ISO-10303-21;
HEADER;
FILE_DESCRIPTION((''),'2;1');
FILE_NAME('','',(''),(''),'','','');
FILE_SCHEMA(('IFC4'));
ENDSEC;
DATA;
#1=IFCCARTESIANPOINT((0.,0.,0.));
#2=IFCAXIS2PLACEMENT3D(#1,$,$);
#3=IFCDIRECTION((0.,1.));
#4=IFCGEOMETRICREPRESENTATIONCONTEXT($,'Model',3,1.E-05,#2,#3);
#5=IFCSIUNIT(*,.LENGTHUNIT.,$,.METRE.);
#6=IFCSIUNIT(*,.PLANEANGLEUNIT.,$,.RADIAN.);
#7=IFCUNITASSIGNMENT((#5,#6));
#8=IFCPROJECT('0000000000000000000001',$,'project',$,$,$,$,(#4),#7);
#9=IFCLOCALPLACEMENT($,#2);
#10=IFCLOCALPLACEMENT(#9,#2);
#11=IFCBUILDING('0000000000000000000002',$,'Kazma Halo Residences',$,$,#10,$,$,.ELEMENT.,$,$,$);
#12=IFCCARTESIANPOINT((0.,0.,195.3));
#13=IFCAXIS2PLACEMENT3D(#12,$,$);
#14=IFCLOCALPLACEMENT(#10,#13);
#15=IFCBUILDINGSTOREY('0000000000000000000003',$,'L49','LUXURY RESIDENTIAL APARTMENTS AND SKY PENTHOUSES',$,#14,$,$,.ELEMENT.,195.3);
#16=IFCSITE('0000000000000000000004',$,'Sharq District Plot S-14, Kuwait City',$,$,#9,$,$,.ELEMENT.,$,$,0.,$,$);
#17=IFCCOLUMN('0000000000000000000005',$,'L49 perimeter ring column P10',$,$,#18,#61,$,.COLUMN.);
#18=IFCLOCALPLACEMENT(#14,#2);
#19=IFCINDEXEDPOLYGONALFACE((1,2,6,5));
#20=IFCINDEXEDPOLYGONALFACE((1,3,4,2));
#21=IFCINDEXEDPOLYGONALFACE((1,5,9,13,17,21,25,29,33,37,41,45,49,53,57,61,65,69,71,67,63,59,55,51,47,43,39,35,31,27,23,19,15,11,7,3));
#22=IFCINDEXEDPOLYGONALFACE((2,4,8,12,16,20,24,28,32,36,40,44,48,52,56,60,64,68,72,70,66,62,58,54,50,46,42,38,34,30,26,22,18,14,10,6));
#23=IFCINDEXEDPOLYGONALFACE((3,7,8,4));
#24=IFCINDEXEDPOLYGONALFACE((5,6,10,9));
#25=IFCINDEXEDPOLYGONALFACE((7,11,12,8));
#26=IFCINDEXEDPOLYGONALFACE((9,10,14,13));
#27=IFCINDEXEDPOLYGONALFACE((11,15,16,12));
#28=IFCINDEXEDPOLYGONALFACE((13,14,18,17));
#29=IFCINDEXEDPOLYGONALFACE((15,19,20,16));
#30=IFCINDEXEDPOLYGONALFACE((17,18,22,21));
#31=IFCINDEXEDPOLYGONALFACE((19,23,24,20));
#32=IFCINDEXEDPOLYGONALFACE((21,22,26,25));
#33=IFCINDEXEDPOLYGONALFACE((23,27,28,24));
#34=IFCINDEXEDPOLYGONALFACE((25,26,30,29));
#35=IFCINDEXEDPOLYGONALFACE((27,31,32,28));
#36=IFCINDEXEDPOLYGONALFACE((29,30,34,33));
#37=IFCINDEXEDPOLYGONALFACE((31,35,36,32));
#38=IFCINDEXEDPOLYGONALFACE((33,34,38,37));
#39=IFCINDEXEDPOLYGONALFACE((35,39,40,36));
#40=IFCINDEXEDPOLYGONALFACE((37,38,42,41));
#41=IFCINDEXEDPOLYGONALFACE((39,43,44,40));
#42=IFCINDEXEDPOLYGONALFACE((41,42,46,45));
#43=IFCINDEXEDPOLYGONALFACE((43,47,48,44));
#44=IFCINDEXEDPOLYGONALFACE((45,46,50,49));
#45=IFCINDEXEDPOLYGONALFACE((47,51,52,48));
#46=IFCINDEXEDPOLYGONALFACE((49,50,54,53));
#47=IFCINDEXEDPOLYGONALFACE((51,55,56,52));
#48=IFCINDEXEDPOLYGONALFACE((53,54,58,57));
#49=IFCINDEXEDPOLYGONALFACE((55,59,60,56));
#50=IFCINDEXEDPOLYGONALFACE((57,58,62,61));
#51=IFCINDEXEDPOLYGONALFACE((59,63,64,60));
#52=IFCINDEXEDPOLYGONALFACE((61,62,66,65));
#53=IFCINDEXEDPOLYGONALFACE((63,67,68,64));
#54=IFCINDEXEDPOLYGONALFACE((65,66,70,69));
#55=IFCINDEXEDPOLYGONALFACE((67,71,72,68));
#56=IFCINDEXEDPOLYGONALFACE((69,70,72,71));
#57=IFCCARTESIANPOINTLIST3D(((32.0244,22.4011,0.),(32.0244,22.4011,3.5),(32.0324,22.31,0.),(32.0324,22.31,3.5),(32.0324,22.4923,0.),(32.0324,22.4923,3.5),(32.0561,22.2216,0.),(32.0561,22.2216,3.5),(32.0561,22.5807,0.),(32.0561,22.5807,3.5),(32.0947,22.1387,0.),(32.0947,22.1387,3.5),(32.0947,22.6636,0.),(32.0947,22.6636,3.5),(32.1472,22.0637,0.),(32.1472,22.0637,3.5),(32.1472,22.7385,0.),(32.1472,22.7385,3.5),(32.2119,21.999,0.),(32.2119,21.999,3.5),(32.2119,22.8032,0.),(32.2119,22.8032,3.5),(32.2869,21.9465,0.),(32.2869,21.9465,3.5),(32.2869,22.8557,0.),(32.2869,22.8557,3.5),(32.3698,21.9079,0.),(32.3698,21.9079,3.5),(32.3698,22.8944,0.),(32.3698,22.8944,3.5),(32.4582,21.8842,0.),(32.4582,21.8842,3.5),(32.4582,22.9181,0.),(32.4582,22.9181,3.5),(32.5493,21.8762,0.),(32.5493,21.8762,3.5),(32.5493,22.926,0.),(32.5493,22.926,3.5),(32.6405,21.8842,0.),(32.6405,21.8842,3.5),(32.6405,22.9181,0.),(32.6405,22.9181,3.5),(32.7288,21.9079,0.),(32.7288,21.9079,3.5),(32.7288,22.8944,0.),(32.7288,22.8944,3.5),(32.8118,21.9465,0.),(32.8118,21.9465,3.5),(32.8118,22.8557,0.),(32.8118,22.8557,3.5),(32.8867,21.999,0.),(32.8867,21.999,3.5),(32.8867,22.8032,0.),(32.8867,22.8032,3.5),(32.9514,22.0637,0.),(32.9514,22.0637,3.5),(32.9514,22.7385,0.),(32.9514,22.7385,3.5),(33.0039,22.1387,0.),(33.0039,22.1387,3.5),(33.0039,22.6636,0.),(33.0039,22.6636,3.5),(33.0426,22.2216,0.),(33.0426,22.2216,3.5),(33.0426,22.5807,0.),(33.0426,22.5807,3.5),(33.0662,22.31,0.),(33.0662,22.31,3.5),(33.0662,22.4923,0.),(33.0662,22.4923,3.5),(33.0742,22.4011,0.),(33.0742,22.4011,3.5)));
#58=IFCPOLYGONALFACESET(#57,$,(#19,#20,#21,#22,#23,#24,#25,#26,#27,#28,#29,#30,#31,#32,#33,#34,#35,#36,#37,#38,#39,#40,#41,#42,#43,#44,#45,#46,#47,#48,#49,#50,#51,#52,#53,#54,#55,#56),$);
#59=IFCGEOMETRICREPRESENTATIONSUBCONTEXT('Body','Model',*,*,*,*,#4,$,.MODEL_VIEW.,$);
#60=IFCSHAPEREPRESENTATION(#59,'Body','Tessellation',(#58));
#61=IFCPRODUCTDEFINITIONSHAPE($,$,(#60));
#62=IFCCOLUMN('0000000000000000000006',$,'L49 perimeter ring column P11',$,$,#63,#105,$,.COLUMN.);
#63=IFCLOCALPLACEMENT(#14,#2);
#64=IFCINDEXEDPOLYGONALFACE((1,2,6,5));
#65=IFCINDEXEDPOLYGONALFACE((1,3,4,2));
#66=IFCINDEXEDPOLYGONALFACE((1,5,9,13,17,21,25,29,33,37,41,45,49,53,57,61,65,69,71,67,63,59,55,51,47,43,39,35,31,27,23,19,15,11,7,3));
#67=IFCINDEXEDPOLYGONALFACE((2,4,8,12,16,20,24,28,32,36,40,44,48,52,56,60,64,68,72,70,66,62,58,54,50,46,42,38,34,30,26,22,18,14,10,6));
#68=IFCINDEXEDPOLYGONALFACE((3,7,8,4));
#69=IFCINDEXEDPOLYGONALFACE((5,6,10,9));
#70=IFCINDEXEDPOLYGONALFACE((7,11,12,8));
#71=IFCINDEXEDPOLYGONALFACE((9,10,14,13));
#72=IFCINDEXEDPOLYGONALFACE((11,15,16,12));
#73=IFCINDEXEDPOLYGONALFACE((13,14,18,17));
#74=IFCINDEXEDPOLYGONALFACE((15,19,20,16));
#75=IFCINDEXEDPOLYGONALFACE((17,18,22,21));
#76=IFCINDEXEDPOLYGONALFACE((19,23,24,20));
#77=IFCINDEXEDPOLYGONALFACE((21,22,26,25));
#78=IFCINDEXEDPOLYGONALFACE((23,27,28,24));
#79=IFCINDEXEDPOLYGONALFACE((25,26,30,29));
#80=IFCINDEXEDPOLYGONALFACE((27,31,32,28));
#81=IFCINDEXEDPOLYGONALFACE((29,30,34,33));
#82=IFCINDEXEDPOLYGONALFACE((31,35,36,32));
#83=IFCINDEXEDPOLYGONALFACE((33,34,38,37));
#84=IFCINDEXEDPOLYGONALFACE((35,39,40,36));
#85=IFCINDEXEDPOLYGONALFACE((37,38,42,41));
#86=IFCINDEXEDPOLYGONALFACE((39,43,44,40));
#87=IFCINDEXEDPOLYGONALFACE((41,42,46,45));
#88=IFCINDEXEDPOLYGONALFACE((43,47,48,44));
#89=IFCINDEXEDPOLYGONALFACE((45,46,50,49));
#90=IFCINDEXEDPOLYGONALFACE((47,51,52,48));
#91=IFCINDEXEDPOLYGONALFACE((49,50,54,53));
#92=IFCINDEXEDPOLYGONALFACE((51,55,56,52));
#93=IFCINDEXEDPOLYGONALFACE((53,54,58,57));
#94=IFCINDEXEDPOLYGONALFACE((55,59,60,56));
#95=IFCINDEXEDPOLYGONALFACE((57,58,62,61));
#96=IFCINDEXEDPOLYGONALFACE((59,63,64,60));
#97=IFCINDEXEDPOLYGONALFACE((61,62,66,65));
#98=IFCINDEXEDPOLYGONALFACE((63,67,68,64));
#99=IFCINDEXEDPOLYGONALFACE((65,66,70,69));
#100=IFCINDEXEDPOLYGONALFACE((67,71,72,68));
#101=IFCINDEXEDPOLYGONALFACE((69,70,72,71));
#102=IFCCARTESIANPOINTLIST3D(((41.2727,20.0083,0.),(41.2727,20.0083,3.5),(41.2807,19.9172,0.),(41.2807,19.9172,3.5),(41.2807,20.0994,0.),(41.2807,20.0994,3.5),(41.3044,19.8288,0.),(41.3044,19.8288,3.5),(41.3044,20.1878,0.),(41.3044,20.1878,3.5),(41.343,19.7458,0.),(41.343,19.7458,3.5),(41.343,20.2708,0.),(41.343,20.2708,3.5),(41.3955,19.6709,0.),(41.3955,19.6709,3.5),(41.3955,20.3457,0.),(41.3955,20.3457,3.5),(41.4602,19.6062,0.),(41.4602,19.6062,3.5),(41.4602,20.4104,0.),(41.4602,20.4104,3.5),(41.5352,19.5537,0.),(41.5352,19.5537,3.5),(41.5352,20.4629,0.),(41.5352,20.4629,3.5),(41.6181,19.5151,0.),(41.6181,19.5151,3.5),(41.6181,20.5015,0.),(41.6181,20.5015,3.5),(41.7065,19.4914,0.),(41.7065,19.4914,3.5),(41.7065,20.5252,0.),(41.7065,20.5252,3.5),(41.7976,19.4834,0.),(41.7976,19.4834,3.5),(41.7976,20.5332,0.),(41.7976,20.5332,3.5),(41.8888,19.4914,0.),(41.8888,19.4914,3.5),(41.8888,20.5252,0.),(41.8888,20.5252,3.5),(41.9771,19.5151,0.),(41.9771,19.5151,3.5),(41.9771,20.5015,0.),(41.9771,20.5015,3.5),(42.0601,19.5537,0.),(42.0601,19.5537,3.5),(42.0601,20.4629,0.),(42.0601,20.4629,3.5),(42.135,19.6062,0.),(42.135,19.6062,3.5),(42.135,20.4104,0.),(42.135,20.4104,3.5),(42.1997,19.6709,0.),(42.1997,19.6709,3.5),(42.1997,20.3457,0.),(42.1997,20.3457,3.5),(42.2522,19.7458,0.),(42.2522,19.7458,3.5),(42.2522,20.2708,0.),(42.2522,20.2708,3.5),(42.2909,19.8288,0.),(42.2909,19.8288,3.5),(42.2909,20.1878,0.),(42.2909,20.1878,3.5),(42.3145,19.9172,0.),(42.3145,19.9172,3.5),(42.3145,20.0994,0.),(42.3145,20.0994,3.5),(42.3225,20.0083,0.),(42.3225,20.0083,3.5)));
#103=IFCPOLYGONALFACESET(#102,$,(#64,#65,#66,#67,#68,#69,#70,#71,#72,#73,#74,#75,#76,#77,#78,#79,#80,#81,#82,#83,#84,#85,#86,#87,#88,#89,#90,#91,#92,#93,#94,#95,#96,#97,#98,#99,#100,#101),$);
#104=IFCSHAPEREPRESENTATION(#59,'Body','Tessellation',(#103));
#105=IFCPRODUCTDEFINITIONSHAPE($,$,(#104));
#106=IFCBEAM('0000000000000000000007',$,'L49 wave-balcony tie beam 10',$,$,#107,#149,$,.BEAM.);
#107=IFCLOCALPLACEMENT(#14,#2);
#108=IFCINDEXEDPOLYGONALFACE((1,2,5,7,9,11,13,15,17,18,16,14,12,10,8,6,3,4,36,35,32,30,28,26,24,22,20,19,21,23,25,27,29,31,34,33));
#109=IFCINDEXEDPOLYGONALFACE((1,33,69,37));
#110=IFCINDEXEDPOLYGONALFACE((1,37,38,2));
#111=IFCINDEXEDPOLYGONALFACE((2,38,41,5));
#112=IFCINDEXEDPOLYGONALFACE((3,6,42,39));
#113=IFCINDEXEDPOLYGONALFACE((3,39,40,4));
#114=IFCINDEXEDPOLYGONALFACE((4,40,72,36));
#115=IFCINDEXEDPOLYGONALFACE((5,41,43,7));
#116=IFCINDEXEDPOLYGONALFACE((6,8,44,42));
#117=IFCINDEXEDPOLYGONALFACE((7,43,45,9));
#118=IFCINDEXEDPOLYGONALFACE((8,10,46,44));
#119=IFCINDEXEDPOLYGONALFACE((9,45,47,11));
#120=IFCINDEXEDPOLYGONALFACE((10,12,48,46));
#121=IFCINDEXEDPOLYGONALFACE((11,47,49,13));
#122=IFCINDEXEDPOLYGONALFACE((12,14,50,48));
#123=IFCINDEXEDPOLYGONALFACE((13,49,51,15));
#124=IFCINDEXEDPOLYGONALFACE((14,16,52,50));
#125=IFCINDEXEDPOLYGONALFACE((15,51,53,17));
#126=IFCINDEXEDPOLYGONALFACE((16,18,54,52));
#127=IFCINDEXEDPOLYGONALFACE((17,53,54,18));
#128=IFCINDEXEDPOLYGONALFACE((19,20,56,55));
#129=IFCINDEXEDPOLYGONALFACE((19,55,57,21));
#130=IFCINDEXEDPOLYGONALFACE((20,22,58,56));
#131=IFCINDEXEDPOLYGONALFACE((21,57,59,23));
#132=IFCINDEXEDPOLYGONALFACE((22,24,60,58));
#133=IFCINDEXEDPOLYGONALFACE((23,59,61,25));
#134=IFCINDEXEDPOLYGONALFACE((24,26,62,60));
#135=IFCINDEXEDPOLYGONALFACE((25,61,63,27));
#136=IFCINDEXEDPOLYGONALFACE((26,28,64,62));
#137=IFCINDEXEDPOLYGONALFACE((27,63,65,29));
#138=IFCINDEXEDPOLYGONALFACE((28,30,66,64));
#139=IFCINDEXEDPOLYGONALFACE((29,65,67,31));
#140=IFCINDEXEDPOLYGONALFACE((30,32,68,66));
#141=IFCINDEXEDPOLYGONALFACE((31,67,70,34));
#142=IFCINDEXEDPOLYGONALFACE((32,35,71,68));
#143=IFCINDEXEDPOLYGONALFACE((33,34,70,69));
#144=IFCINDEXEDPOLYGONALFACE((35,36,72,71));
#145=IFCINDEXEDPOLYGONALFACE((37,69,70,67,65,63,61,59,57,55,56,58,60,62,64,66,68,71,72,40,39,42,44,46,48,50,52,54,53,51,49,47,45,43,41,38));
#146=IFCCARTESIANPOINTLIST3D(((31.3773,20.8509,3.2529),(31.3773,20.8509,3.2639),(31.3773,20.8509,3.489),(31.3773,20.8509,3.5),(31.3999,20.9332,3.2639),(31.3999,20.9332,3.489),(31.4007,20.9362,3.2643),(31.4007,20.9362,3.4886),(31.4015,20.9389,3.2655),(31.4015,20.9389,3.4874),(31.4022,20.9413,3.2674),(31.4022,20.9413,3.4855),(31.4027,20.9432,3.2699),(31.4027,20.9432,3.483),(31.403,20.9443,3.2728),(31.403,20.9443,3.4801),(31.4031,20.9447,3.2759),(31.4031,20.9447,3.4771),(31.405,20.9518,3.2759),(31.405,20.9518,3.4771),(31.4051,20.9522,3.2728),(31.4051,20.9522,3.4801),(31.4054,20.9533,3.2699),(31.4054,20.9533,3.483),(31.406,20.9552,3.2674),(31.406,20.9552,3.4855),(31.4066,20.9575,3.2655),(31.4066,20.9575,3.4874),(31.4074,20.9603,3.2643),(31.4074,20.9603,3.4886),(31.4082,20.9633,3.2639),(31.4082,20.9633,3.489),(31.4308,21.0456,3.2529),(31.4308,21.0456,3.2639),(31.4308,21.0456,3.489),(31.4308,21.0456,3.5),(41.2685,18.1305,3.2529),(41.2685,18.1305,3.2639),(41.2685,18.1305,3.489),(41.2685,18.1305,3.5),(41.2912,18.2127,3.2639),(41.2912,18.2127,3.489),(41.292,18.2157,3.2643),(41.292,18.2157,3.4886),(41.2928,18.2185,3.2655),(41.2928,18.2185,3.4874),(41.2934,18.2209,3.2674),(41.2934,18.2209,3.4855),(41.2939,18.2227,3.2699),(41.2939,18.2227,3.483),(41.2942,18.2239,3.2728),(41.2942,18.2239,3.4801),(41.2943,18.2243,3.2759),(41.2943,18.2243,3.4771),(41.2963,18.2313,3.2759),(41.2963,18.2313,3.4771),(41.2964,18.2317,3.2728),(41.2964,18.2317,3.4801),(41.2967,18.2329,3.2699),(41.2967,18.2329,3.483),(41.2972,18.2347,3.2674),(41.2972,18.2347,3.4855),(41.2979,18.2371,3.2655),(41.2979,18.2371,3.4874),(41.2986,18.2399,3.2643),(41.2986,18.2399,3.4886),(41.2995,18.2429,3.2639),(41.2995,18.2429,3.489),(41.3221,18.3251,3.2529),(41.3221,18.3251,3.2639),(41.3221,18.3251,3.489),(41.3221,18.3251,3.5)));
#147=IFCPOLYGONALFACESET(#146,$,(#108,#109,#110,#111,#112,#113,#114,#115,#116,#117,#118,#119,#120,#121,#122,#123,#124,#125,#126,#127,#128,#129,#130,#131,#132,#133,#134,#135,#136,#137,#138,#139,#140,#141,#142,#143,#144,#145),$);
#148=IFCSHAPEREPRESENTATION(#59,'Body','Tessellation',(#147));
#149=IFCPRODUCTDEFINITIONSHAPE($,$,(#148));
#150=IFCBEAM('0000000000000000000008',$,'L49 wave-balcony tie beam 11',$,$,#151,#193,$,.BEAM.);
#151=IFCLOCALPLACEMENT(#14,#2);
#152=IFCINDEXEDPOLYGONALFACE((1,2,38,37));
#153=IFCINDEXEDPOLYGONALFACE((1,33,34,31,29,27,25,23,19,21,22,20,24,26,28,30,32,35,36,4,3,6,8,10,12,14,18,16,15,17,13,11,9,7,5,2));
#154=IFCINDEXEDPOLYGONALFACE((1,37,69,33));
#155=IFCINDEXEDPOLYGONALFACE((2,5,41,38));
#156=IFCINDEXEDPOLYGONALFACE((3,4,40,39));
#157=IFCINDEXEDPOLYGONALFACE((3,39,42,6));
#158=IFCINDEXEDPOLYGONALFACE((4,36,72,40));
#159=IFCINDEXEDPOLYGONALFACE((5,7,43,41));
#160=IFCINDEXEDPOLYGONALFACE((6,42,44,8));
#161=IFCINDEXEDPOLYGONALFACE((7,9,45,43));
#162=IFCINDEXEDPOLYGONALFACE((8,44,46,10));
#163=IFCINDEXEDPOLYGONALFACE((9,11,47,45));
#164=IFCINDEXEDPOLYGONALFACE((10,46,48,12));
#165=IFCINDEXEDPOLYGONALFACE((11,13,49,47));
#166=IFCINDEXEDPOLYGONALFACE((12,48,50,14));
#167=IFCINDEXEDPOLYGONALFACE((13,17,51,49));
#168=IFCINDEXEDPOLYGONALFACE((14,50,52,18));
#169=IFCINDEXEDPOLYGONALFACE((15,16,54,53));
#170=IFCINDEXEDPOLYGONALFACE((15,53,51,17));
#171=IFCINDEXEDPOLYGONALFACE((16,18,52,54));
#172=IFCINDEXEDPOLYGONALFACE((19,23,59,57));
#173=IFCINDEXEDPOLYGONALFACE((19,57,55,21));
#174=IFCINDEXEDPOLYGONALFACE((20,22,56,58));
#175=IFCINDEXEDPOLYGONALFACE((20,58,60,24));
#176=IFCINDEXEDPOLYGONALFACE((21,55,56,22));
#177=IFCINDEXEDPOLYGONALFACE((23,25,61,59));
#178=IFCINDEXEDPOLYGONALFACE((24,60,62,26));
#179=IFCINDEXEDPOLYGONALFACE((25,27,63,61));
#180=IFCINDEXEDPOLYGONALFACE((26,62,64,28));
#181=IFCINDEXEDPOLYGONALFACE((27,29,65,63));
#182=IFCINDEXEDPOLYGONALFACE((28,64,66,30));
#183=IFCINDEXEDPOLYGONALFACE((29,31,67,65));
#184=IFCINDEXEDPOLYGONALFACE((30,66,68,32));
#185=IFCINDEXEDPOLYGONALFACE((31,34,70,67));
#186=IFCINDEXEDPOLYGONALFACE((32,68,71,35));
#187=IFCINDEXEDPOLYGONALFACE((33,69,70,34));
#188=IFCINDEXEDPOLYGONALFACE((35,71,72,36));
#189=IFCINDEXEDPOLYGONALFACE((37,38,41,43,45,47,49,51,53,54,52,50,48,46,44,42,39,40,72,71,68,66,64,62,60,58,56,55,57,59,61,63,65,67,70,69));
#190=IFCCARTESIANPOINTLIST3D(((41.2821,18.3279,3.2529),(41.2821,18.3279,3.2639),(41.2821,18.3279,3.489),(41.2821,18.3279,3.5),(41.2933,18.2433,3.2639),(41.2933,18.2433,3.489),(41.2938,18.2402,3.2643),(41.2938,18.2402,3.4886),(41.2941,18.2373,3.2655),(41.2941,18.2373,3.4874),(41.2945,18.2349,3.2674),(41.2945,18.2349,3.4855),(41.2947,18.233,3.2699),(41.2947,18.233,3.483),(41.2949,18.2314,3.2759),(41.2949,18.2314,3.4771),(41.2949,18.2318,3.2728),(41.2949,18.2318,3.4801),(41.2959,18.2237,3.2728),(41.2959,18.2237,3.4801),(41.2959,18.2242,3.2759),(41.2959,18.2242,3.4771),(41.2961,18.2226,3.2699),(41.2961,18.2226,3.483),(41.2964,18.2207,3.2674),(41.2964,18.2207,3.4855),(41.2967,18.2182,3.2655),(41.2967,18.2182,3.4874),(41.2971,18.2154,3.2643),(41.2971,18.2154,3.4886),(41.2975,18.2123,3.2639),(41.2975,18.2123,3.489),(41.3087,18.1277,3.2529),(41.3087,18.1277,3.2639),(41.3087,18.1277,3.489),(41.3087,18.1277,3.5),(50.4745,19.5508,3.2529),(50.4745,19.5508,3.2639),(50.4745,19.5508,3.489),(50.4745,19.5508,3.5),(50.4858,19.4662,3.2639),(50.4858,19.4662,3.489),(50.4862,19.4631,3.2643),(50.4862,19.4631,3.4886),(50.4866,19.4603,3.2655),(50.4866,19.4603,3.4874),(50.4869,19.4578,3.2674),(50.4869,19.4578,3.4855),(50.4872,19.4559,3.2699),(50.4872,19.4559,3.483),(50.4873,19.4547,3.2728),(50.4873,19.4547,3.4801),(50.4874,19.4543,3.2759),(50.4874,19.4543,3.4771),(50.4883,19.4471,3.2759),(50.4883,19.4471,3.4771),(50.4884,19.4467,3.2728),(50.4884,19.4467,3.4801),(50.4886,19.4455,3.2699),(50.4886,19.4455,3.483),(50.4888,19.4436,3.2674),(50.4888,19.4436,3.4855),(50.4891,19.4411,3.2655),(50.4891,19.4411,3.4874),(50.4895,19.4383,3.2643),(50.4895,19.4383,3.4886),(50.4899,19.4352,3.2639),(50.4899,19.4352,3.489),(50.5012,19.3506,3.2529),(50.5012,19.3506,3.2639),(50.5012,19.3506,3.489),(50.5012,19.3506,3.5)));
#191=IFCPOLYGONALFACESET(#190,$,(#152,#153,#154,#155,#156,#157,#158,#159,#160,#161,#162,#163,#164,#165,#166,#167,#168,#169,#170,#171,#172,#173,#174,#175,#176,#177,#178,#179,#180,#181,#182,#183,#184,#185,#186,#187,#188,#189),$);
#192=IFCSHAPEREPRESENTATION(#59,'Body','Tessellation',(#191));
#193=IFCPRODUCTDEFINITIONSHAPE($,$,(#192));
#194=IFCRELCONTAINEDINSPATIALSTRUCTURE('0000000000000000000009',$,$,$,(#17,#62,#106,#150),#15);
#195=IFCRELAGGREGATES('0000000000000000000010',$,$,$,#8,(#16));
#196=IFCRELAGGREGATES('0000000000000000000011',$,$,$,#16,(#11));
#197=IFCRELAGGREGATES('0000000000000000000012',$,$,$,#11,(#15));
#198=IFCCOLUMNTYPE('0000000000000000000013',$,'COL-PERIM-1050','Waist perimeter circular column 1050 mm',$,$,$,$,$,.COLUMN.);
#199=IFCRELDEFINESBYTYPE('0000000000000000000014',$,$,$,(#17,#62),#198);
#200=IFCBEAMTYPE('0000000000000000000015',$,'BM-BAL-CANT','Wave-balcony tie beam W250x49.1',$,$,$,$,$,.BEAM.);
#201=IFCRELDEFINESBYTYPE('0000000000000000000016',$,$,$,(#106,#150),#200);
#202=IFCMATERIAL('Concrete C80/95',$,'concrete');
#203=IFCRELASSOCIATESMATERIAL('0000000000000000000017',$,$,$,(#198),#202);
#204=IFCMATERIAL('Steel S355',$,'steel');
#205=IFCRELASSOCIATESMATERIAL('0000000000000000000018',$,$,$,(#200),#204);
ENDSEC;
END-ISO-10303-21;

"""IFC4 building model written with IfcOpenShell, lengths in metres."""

from ifc_helpers import new_model, si_unit, direction, frame, origin, origin_2d, place, context, subcontext, project, spatial, circle, i_section, extrude, material, material_profile, profile_set, type_object, element, save


model = new_model("IFC4")

# Units and contexts
model_context = context("Model", 3, precision=1e-05, world=origin(), true_north=direction((0.0, 1.0)))
body_context = subcontext(model_context, "Body", "Model", "MODEL_VIEW")
ifc_project = project(units=[si_unit("LENGTHUNIT", "METRE"), si_unit("PLANEANGLEUNIT", "RADIAN")], contexts=[model_context])

# Site, building, storey
site_placement = place(None, origin())
site = spatial("IfcSite", under=ifc_project, at=site_placement, Name="Sharq District Plot S-14, Kuwait City", CompositionType="ELEMENT", RefElevation=0.0)
building_placement = place(site_placement, origin())
building = spatial("IfcBuilding", under=site, at=building_placement, Name="Kazma Halo Residences", CompositionType="ELEMENT")
storey_placement = place(building_placement, frame((0.0, 0.0, 195.3)))
storey = spatial("IfcBuildingStorey", under=building, at=storey_placement, Name="L49", Description="LUXURY RESIDENTIAL APARTMENTS AND SKY PENTHOUSES", CompositionType="ELEMENT", Elevation=195.3)

# Columns
ifc_material_1 = material(Name="Concrete C80/95", Category="concrete")
ifc_material_profile_1 = material_profile(ifc_material_1, circle(Radius=0.5249, at=origin_2d()), Name="CIRC1050")
ifc_profile_set_1 = profile_set([ifc_material_profile_1], Name="Concrete C80/95")
column_type = type_object("IfcColumnType", Name="COL-PERIM-1050", Description="Waist perimeter circular column 1050 mm", PredefinedType="COLUMN", material=ifc_profile_set_1)
for number, where, z_axis, x_axis, name in (
    (1, (32.5493, 22.4011, 0.0), (0.0, 0.0, 1.0), (1.0, 0.0, 0.0), "L49 perimeter ring column P10"),
    (2, (41.7976, 20.0083, 0.0), (0.0, 0.0, 1.0), (1.0, 0.0, 0.0), "L49 perimeter ring column P11"),
):
    element("IfcColumn", number, at=place(storey_placement, frame(where, z_axis=z_axis, x_axis=x_axis)), inside=storey, type_object=column_type, Name=name, PredefinedType="COLUMN", context=body_context, shape_type="SweptSolid", body=[
        extrude(circle(Radius=0.5249, at=origin_2d()), origin(), (0.0, 0.0, 1.0), 3.5),
    ])

# Beams
ifc_material_2 = material(Name="Steel S355", Category="steel")
ifc_material_profile_2 = material_profile(ifc_material_2, i_section(OverallWidth=0.2019, OverallDepth=0.2471, WebThickness=0.0073, FlangeThickness=0.011, FilletRadius=0.012, at=origin_2d()), Name="W250x49.1")
ifc_profile_set_2 = profile_set([ifc_material_profile_2], Name="Steel S355")
beam_type_1 = type_object("IfcBeamType", Name="BM-BAL-CANT", Description="Wave-balcony tie beam W250x49.1", PredefinedType="BEAM", material=ifc_profile_set_2)
beam_1_placement = place(storey_placement, frame((31.4041, 20.9482, 3.3765), z_axis=(0.964197, -0.265187, 0.0), x_axis=(0.265187, 0.964197, 0.0)))
element("IfcBeam", 3, at=beam_1_placement, inside=storey, type_object=beam_type_1, Name="L49 wave-balcony tie beam 10", PredefinedType="BEAM", context=body_context, shape_type="SweptSolid", body=[
    extrude(i_section(OverallWidth=0.2019, OverallDepth=0.2471, WebThickness=0.0073, FlangeThickness=0.011, FilletRadius=0.012, at=origin_2d()), origin(), (0.0, 0.0, 1.0), 10.2585),
])
beam_2_placement = place(storey_placement, frame((41.2954, 18.2278, 3.3765), z_axis=(0.991267, 0.131872, 0.0), x_axis=(-0.131872, 0.991267, 0.0)))
element("IfcBeam", 4, at=beam_2_placement, inside=storey, type_object=beam_type_1, Name="L49 wave-balcony tie beam 11", PredefinedType="BEAM", context=body_context, shape_type="SweptSolid", body=[
    extrude(i_section(OverallWidth=0.2019, OverallDepth=0.2471, WebThickness=0.0073, FlangeThickness=0.011, FilletRadius=0.012, at=origin_2d()), origin(), (0.0, 0.0, 1.0), 9.2734),
])

save(model, "model.ifc")
